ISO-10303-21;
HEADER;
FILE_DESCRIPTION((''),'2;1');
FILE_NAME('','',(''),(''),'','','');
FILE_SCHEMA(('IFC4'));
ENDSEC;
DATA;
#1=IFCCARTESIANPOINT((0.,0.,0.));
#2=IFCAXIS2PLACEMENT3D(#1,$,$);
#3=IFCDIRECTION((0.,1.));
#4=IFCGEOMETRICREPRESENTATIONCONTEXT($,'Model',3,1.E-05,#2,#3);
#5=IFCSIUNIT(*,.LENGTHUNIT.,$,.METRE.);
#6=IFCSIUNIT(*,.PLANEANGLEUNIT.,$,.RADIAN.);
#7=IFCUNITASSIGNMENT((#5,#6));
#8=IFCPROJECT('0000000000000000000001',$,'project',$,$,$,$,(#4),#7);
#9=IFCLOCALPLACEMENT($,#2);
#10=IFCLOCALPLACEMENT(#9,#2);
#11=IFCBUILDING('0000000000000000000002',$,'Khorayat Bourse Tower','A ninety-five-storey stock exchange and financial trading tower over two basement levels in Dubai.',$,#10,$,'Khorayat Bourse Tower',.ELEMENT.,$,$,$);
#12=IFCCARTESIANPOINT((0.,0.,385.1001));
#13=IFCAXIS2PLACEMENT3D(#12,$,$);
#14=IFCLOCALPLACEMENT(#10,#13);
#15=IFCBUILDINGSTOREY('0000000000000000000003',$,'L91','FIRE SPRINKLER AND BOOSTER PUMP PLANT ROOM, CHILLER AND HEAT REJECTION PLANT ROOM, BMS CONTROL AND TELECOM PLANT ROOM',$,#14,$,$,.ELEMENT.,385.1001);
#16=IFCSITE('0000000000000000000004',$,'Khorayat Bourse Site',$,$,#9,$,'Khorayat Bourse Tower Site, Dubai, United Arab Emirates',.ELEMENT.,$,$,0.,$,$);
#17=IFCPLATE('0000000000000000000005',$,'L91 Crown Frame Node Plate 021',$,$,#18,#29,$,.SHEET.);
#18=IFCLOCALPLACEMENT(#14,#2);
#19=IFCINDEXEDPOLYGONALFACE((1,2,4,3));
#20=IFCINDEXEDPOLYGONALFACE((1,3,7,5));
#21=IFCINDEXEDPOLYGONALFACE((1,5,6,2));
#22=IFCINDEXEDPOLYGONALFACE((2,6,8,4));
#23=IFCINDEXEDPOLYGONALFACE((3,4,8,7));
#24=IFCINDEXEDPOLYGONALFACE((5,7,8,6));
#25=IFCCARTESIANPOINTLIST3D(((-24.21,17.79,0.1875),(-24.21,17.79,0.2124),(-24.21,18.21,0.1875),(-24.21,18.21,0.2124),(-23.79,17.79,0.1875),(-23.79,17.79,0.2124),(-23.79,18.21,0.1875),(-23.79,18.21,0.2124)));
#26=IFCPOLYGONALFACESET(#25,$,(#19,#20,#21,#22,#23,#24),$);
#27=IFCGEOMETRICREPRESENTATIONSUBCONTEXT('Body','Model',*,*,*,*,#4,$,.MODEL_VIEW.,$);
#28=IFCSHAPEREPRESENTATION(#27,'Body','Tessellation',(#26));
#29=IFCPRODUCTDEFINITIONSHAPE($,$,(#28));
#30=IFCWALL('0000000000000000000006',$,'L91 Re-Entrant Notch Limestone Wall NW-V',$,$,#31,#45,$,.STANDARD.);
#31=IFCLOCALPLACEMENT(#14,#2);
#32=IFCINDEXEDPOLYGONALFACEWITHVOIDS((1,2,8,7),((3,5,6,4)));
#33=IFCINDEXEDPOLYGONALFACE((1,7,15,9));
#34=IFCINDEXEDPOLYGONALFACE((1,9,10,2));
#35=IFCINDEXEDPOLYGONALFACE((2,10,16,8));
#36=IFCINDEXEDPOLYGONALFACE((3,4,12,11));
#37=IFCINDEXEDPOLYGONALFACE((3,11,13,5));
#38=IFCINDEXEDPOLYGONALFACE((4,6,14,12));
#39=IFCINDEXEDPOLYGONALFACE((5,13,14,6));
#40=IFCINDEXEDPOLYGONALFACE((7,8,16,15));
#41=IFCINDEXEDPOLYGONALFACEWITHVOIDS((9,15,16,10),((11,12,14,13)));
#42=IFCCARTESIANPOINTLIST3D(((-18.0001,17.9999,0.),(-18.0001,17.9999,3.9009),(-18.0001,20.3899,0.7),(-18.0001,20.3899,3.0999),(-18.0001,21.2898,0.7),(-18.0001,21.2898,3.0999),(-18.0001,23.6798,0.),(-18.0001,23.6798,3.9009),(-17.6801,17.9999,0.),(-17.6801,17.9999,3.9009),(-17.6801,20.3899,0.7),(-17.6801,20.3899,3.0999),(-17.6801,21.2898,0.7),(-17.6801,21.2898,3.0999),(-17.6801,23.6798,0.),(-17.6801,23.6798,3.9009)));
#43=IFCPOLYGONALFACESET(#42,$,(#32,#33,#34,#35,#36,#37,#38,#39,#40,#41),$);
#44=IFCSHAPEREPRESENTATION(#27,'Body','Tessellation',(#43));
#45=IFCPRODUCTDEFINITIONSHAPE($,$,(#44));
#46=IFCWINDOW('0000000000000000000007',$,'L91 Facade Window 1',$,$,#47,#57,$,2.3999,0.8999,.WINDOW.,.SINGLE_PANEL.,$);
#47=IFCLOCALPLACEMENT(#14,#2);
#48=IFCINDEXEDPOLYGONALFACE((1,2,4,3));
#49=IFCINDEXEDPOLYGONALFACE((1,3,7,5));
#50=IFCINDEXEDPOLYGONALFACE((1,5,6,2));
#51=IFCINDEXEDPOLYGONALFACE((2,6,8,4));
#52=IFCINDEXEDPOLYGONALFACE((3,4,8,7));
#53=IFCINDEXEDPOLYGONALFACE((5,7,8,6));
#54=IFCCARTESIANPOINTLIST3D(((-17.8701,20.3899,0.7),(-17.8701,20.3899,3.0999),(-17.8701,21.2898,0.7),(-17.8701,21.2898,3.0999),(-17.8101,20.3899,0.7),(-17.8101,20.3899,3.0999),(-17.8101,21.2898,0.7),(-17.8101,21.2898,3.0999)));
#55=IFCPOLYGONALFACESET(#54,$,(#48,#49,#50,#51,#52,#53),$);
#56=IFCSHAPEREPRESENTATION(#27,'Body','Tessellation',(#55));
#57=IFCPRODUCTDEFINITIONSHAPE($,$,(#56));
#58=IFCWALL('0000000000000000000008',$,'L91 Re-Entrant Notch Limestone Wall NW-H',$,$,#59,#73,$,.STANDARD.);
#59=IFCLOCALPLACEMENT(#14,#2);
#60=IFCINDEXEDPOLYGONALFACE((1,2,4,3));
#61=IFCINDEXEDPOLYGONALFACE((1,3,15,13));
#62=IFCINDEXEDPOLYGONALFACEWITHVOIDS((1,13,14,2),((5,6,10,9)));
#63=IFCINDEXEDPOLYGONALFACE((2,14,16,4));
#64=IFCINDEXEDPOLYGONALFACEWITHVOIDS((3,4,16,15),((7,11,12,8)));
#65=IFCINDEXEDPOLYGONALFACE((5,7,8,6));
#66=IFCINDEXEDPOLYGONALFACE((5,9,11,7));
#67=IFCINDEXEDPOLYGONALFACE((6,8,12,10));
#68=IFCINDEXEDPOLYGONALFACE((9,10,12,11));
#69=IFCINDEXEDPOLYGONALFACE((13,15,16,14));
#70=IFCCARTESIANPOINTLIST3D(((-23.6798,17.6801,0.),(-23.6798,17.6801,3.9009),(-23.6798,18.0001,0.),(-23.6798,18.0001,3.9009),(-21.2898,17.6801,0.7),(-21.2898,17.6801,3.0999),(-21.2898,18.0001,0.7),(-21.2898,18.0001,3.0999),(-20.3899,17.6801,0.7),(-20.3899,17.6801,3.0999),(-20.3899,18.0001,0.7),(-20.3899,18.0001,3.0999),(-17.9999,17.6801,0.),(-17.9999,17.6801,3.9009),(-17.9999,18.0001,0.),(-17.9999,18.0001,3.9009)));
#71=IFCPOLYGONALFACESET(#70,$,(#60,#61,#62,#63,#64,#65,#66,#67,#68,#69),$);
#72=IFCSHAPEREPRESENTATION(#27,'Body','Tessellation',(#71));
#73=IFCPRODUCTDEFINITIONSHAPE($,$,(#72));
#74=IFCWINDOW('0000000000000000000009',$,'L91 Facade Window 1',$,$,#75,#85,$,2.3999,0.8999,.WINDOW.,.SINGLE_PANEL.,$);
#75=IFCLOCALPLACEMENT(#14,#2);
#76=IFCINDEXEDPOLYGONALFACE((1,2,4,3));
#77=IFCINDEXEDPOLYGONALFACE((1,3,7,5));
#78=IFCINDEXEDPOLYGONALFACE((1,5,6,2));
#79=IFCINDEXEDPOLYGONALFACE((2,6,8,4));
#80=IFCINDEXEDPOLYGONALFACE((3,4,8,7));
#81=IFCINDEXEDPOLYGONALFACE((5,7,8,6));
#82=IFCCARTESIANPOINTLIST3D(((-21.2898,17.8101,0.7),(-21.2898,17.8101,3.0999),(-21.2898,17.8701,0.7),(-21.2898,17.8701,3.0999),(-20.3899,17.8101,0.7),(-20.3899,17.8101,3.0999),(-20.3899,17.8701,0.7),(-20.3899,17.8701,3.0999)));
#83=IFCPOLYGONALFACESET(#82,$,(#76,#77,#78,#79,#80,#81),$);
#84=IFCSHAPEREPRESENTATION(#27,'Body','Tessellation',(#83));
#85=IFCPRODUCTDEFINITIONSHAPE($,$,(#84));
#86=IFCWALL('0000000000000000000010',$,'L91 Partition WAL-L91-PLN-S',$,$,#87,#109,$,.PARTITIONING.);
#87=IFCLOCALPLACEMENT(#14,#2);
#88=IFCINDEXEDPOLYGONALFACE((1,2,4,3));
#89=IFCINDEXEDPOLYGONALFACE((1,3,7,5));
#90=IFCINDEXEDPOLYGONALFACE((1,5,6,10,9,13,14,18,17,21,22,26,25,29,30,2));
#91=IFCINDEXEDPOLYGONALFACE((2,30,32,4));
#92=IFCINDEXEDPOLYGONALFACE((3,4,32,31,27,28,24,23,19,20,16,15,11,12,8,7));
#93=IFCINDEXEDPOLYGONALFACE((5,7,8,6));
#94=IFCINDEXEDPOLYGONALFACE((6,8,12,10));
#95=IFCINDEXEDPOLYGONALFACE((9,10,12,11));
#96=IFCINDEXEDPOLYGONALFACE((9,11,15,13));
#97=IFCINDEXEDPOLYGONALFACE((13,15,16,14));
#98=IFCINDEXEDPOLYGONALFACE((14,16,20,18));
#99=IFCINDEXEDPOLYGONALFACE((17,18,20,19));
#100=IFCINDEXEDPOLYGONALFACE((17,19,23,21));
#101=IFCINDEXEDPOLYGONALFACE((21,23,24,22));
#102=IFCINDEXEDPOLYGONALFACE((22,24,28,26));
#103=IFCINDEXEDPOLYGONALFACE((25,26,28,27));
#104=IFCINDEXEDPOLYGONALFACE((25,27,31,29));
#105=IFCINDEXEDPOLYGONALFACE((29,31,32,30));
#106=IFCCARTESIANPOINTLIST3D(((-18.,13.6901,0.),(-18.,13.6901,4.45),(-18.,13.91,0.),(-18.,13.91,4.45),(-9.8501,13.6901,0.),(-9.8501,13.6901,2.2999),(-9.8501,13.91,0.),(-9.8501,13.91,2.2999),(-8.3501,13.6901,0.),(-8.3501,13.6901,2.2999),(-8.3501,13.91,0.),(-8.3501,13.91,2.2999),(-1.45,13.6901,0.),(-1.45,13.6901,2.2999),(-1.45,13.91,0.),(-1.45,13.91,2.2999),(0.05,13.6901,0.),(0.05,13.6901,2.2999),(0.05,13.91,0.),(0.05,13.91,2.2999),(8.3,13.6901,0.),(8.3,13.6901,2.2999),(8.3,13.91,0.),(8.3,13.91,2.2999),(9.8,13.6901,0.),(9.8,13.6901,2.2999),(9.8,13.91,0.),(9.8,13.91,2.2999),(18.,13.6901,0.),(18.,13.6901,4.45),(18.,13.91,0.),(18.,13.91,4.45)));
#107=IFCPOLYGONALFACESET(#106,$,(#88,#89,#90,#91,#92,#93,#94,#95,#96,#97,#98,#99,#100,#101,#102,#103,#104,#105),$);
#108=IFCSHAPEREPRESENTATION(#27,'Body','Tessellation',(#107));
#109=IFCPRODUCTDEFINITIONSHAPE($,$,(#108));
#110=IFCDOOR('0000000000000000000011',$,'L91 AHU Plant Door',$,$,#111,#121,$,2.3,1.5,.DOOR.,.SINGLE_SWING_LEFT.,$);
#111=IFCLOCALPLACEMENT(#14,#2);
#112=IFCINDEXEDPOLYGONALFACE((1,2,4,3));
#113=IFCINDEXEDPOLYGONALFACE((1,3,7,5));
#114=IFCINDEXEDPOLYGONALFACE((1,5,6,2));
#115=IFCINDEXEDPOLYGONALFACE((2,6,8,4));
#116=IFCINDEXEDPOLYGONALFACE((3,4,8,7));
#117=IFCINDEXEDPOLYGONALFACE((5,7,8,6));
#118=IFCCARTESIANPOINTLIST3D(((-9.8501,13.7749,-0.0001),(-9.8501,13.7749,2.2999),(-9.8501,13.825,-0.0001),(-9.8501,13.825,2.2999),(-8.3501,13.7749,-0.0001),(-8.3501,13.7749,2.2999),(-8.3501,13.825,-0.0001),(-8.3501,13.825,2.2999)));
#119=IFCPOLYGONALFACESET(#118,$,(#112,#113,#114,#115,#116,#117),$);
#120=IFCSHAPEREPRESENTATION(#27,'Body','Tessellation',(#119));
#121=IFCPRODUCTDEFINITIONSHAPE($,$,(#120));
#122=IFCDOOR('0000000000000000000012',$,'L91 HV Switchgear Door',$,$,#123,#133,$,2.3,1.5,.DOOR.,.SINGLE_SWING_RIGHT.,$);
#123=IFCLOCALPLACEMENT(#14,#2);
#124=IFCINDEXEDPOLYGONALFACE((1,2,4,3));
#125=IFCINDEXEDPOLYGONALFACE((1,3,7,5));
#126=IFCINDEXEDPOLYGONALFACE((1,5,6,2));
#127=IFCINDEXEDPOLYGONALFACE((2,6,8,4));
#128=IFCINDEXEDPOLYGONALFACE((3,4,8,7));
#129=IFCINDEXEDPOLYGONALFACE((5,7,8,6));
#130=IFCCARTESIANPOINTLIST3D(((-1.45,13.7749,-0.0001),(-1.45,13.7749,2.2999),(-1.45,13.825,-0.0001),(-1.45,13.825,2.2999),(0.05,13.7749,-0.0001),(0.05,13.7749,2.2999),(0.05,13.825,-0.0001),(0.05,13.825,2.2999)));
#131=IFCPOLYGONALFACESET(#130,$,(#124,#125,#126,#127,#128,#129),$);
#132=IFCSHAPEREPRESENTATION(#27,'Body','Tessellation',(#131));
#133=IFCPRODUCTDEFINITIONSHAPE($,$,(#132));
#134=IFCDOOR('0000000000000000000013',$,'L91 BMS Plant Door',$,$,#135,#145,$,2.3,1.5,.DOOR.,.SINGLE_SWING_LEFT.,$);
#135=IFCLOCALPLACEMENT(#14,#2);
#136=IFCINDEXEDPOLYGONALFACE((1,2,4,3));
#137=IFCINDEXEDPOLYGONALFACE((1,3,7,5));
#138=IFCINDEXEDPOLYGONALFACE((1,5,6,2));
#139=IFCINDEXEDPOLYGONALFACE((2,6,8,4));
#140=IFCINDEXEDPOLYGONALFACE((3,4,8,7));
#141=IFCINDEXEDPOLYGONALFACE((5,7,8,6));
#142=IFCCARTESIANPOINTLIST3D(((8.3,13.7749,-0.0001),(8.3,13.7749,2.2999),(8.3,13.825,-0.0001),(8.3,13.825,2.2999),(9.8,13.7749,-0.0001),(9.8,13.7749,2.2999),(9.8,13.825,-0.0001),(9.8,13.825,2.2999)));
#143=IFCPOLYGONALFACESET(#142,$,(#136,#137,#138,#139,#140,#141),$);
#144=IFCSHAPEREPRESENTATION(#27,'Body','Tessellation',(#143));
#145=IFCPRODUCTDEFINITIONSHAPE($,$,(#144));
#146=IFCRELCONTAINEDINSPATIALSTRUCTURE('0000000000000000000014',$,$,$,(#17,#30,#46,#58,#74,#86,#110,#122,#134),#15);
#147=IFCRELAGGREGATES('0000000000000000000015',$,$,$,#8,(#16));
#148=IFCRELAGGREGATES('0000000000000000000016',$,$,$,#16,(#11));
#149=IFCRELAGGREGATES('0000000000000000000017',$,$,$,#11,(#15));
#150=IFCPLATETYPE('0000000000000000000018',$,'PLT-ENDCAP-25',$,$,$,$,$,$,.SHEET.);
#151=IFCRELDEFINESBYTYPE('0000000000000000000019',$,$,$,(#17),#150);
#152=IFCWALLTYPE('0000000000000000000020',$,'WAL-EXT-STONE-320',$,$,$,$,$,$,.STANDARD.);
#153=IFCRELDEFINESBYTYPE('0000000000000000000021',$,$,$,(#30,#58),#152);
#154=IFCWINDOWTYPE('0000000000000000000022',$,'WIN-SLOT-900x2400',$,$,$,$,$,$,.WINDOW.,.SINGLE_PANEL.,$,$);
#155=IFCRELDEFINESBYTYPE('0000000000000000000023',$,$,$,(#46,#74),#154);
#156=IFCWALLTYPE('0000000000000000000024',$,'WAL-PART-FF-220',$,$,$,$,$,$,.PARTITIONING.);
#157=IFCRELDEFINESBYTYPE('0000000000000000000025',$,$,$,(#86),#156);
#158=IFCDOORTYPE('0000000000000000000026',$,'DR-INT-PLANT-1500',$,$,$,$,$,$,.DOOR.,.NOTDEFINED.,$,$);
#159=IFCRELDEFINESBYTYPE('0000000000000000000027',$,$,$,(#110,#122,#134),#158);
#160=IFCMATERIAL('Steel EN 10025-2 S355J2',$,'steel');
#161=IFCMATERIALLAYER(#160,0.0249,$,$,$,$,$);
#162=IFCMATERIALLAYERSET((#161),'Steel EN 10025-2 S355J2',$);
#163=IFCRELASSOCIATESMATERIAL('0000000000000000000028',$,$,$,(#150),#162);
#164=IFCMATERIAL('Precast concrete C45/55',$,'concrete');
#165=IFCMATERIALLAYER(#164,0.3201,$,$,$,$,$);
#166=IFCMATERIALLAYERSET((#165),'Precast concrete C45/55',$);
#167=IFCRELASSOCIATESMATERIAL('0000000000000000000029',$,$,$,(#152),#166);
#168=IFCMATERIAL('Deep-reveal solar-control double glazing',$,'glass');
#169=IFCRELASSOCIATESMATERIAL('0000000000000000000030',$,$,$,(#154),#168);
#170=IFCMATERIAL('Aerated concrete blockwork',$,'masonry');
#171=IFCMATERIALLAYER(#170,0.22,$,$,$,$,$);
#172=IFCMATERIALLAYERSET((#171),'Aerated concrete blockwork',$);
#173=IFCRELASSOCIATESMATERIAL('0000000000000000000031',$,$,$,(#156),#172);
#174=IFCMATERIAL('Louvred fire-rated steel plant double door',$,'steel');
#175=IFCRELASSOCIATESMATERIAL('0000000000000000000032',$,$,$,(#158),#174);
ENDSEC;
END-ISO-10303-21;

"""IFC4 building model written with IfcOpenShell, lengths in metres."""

from ifc_helpers import new_model, si_unit, direction, frame, frame_2d, origin, origin_2d, place, context, subcontext, project, spatial, rectangle, extrude, source, transform, mapped, material, layer, layer_set, type_object, element, fill, save


model = new_model("IFC4")

# Units and contexts
model_context = context("Model", 3, precision=1e-05, world=origin(), true_north=direction((0.0, 1.0)))
body_context = subcontext(model_context, "Body", "Model", "MODEL_VIEW")
ifc_project = project(units=[si_unit("LENGTHUNIT", "METRE"), si_unit("PLANEANGLEUNIT", "RADIAN")], contexts=[model_context])

# Site, building, storey
site_placement = place(None, origin())
site = spatial("IfcSite", under=ifc_project, at=site_placement, Name="Khorayat Bourse Site", LongName="Khorayat Bourse Tower Site, Dubai, United Arab Emirates", CompositionType="ELEMENT", RefElevation=0.0)
building_placement = place(site_placement, origin())
building = spatial("IfcBuilding", under=site, at=building_placement, Name="Khorayat Bourse Tower", Description="A ninety-five-storey stock exchange and financial trading tower over two basement levels in Dubai.", LongName="Khorayat Bourse Tower", CompositionType="ELEMENT")
storey_placement = place(building_placement, frame((0.0, 0.0, 385.1001)))
storey = spatial("IfcBuildingStorey", under=building, at=storey_placement, Name="L91", Description="FIRE SPRINKLER AND BOOSTER PUMP PLANT ROOM, CHILLER AND HEAT REJECTION PLANT ROOM, BMS CONTROL AND TELECOM PLANT ROOM", CompositionType="ELEMENT", Elevation=385.1001)

# Shared definitions
ifc_material_1 = material(Name="Steel EN 10025-2 S355J2", Category="steel")

# Plate
ifc_layer_1 = layer(ifc_material_1, 0.0249)
ifc_layer_set_1 = layer_set([ifc_layer_1], Name="Steel EN 10025-2 S355J2")
plate_type = type_object("IfcPlateType", Name="PLT-ENDCAP-25", PredefinedType="SHEET", material=ifc_layer_set_1)
shared_shape_1 = source(origin(), body_context, "Body", "SweptSolid", [
    extrude(rectangle(XDim=0.4199, YDim=0.4199, at=origin_2d()), origin(), (0.0, 0.0, 1.0), 0.0249),
])
for number, where, z_axis, x_axis, name in (
    (1, (-24.0, 18.0, 0.1875), (0.0, 0.0, 1.0), (1.0, 0.0, 0.0), "L91 Crown Frame Node Plate 021"),
):
    element("IfcPlate", number, at=place(storey_placement, frame(where, z_axis=z_axis, x_axis=x_axis)), inside=storey, type_object=plate_type, Name=name, PredefinedType="SHEET", context=body_context, shape_type="MappedRepresentation", body=[
        mapped(shared_shape_1, transform((0.0, 0.0, 0.0), scale=1.0)),
    ])

# Walls, openings, windows
ifc_material_2 = material(Name="Precast concrete C45/55", Category="concrete")
ifc_layer_2 = layer(ifc_material_2, 0.3201)
ifc_layer_set_2 = layer_set([ifc_layer_2], Name="Precast concrete C45/55")
wall_type_1 = type_object("IfcWallType", Name="WAL-EXT-STONE-320", PredefinedType="STANDARD", material=ifc_layer_set_2)
shared_shape_2 = source(origin(), body_context, "Body", "SweptSolid", [
    extrude(rectangle(XDim=5.6799, YDim=0.3201, at=frame_2d((2.8398, 0.0))), origin(), (0.0, 0.0, 1.0), 3.9009),
])
wall_1_placement = place(storey_placement, frame((-17.8401, 18.0, 0.0), z_axis=(0.0, 0.0, 1.0), x_axis=(0.0, 1.0, 0.0)))
wall_1 = element("IfcWall", 2, at=wall_1_placement, inside=storey, type_object=wall_type_1, Name="L91 Re-Entrant Notch Limestone Wall NW-V", PredefinedType="STANDARD", context=body_context, shape_type="MappedRepresentation", body=[
    mapped(shared_shape_2, transform((0.0, 0.0, 0.0), scale=1.0)),
])
shared_shape_3 = source(origin(), body_context, "Body", "SweptSolid", [
    extrude(rectangle(XDim=0.8999, YDim=2.3999, at=frame_2d((0.45, 1.2))), frame((0.0, 0.1699, 0.0), z_axis=(0.0, -1.0, 0.0), x_axis=(1.0, 0.0, 0.0)), (0.0, 0.0, 1.0), 0.3401),
])
opening_1_placement = place(wall_1_placement, frame((2.3899, 0.0, 0.7)))
opening_1 = element("IfcOpeningElement", 3, at=opening_1_placement, cuts=wall_1, PredefinedType="OPENING", context=body_context, shape_type="MappedRepresentation", body=[
    mapped(shared_shape_3, transform((0.0, 0.0, 0.0), scale=1.0)),
])
ifc_material_3 = material(Name="Deep-reveal solar-control double glazing", Category="glass")
window_type = type_object("IfcWindowType", Name="WIN-SLOT-900x2400", PartitioningType="SINGLE_PANEL", PredefinedType="WINDOW", material=ifc_material_3)
shared_shape_4 = source(origin(), body_context, "Body", "SweptSolid", [
    extrude(rectangle(XDim=0.8999, YDim=2.3999, at=frame_2d((0.45, 1.2))), frame((0.0, 0.03, 0.0), z_axis=(0.0, -1.0, 0.0), x_axis=(1.0, 0.0, 0.0)), (0.0, 0.0, 1.0), 0.0601),
])
window_1_placement = place(opening_1_placement, origin())
window_1 = element("IfcWindow", 4, at=window_1_placement, inside=storey, type_object=window_type, Name="L91 Facade Window 1", OverallHeight=2.3999, OverallWidth=0.8999, PartitioningType="SINGLE_PANEL", PredefinedType="WINDOW", context=body_context, shape_type="MappedRepresentation", body=[
    mapped(shared_shape_4, transform((0.0, 0.0, 0.0), scale=1.0)),
])
fill(opening_1, window_1)
wall_2_placement = place(storey_placement, frame((-18.0, 17.8401, 0.0), z_axis=(0.0, 0.0, 1.0), x_axis=(-1.0, 0.0, 0.0)))
wall_2 = element("IfcWall", 5, at=wall_2_placement, inside=storey, type_object=wall_type_1, Name="L91 Re-Entrant Notch Limestone Wall NW-H", PredefinedType="STANDARD", context=body_context, shape_type="MappedRepresentation", body=[
    mapped(shared_shape_2, transform((0.0, 0.0, 0.0), scale=1.0)),
])
opening_2_placement = place(wall_2_placement, frame((2.3899, 0.0, 0.7)))
opening_2 = element("IfcOpeningElement", 6, at=opening_2_placement, cuts=wall_2, PredefinedType="OPENING", context=body_context, shape_type="MappedRepresentation", body=[
    mapped(shared_shape_3, transform((0.0, 0.0, 0.0), scale=1.0)),
])
window_2_placement = place(opening_2_placement, origin())
window_2 = element("IfcWindow", 7, at=window_2_placement, inside=storey, type_object=window_type, Name="L91 Facade Window 1", OverallHeight=2.3999, OverallWidth=0.8999, PartitioningType="SINGLE_PANEL", PredefinedType="WINDOW", context=body_context, shape_type="MappedRepresentation", body=[
    mapped(shared_shape_4, transform((0.0, 0.0, 0.0), scale=1.0)),
])
fill(opening_2, window_2)

# Wall, openings, doors
ifc_material_4 = material(Name="Aerated concrete blockwork", Category="masonry")
ifc_layer_3 = layer(ifc_material_4, 0.22)
ifc_layer_set_3 = layer_set([ifc_layer_3], Name="Aerated concrete blockwork")
wall_type_2 = type_object("IfcWallType", Name="WAL-PART-FF-220", PredefinedType="PARTITIONING", material=ifc_layer_set_3)
shared_shape_5 = source(origin(), body_context, "Body", "SweptSolid", [
    extrude(rectangle(XDim=36.0, YDim=0.22, at=frame_2d((18.0, 0.0))), origin(), (0.0, 0.0, 1.0), 4.45),
])
wall_3_placement = place(storey_placement, frame((-18.0, 13.8, 0.0), z_axis=(0.0, 0.0, 1.0), x_axis=(1.0, 0.0, 0.0)))
wall_3 = element("IfcWall", 8, at=wall_3_placement, inside=storey, type_object=wall_type_2, Name="L91 Partition WAL-L91-PLN-S", PredefinedType="PARTITIONING", context=body_context, shape_type="MappedRepresentation", body=[
    mapped(shared_shape_5, transform((0.0, 0.0, 0.0), scale=1.0)),
])
shared_shape_6 = source(origin(), body_context, "Body", "SweptSolid", [
    extrude(rectangle(XDim=1.5, YDim=2.3, at=frame_2d((0.75, 1.1499))), frame((0.0, 0.1199, 0.0), z_axis=(0.0, -1.0, 0.0), x_axis=(1.0, 0.0, 0.0)), (0.0, 0.0, 1.0), 0.24),
])
opening_3_placement = place(wall_3_placement, frame((8.1499, 0.0, 0.0)))
opening_3 = element("IfcOpeningElement", 9, at=opening_3_placement, cuts=wall_3, PredefinedType="OPENING", context=body_context, shape_type="MappedRepresentation", body=[
    mapped(shared_shape_6, transform((0.0, 0.0, 0.0), scale=1.0)),
])
opening_4_placement = place(wall_3_placement, frame((16.55, 0.0, 0.0)))
opening_4 = element("IfcOpeningElement", 10, at=opening_4_placement, cuts=wall_3, PredefinedType="OPENING", context=body_context, shape_type="MappedRepresentation", body=[
    mapped(shared_shape_6, transform((0.0, 0.0, 0.0), scale=1.0)),
])
opening_5_placement = place(wall_3_placement, frame((26.3, 0.0, 0.0)))
opening_5 = element("IfcOpeningElement", 11, at=opening_5_placement, cuts=wall_3, PredefinedType="OPENING", context=body_context, shape_type="MappedRepresentation", body=[
    mapped(shared_shape_6, transform((0.0, 0.0, 0.0), scale=1.0)),
])
ifc_material_5 = material(Name="Louvred fire-rated steel plant double door", Category="steel")
door_type = type_object("IfcDoorType", Name="DR-INT-PLANT-1500", OperationType="NOTDEFINED", PredefinedType="DOOR", material=ifc_material_5)
shared_shape_7 = source(origin(), body_context, "Body", "SweptSolid", [
    extrude(rectangle(XDim=1.5, YDim=2.3, at=frame_2d((0.75, 1.1499))), frame((0.0, 0.0249, 0.0), z_axis=(0.0, -1.0, 0.0), x_axis=(1.0, 0.0, 0.0)), (0.0, 0.0, 1.0), 0.05),
])
door_1_placement = place(opening_3_placement, origin())
door_1 = element("IfcDoor", 12, at=door_1_placement, inside=storey, type_object=door_type, Name="L91 AHU Plant Door", OperationType="SINGLE_SWING_LEFT", OverallHeight=2.3, OverallWidth=1.5, PredefinedType="DOOR", context=body_context, shape_type="MappedRepresentation", body=[
    mapped(shared_shape_7, transform((0.0, 0.0, 0.0), scale=1.0)),
])
fill(opening_3, door_1)
door_2_placement = place(opening_4_placement, origin())
door_2 = element("IfcDoor", 13, at=door_2_placement, inside=storey, type_object=door_type, Name="L91 HV Switchgear Door", OperationType="SINGLE_SWING_RIGHT", OverallHeight=2.3, OverallWidth=1.5, PredefinedType="DOOR", context=body_context, shape_type="MappedRepresentation", body=[
    mapped(shared_shape_7, transform((0.0, 0.0, 0.0), scale=1.0)),
])
fill(opening_4, door_2)
door_3_placement = place(opening_5_placement, origin())
door_3 = element("IfcDoor", 14, at=door_3_placement, inside=storey, type_object=door_type, Name="L91 BMS Plant Door", OperationType="SINGLE_SWING_LEFT", OverallHeight=2.3, OverallWidth=1.5, PredefinedType="DOOR", context=body_context, shape_type="MappedRepresentation", body=[
    mapped(shared_shape_7, transform((0.0, 0.0, 0.0), scale=1.0)),
])
fill(opening_5, door_3)

save(model, "model.ifc")
